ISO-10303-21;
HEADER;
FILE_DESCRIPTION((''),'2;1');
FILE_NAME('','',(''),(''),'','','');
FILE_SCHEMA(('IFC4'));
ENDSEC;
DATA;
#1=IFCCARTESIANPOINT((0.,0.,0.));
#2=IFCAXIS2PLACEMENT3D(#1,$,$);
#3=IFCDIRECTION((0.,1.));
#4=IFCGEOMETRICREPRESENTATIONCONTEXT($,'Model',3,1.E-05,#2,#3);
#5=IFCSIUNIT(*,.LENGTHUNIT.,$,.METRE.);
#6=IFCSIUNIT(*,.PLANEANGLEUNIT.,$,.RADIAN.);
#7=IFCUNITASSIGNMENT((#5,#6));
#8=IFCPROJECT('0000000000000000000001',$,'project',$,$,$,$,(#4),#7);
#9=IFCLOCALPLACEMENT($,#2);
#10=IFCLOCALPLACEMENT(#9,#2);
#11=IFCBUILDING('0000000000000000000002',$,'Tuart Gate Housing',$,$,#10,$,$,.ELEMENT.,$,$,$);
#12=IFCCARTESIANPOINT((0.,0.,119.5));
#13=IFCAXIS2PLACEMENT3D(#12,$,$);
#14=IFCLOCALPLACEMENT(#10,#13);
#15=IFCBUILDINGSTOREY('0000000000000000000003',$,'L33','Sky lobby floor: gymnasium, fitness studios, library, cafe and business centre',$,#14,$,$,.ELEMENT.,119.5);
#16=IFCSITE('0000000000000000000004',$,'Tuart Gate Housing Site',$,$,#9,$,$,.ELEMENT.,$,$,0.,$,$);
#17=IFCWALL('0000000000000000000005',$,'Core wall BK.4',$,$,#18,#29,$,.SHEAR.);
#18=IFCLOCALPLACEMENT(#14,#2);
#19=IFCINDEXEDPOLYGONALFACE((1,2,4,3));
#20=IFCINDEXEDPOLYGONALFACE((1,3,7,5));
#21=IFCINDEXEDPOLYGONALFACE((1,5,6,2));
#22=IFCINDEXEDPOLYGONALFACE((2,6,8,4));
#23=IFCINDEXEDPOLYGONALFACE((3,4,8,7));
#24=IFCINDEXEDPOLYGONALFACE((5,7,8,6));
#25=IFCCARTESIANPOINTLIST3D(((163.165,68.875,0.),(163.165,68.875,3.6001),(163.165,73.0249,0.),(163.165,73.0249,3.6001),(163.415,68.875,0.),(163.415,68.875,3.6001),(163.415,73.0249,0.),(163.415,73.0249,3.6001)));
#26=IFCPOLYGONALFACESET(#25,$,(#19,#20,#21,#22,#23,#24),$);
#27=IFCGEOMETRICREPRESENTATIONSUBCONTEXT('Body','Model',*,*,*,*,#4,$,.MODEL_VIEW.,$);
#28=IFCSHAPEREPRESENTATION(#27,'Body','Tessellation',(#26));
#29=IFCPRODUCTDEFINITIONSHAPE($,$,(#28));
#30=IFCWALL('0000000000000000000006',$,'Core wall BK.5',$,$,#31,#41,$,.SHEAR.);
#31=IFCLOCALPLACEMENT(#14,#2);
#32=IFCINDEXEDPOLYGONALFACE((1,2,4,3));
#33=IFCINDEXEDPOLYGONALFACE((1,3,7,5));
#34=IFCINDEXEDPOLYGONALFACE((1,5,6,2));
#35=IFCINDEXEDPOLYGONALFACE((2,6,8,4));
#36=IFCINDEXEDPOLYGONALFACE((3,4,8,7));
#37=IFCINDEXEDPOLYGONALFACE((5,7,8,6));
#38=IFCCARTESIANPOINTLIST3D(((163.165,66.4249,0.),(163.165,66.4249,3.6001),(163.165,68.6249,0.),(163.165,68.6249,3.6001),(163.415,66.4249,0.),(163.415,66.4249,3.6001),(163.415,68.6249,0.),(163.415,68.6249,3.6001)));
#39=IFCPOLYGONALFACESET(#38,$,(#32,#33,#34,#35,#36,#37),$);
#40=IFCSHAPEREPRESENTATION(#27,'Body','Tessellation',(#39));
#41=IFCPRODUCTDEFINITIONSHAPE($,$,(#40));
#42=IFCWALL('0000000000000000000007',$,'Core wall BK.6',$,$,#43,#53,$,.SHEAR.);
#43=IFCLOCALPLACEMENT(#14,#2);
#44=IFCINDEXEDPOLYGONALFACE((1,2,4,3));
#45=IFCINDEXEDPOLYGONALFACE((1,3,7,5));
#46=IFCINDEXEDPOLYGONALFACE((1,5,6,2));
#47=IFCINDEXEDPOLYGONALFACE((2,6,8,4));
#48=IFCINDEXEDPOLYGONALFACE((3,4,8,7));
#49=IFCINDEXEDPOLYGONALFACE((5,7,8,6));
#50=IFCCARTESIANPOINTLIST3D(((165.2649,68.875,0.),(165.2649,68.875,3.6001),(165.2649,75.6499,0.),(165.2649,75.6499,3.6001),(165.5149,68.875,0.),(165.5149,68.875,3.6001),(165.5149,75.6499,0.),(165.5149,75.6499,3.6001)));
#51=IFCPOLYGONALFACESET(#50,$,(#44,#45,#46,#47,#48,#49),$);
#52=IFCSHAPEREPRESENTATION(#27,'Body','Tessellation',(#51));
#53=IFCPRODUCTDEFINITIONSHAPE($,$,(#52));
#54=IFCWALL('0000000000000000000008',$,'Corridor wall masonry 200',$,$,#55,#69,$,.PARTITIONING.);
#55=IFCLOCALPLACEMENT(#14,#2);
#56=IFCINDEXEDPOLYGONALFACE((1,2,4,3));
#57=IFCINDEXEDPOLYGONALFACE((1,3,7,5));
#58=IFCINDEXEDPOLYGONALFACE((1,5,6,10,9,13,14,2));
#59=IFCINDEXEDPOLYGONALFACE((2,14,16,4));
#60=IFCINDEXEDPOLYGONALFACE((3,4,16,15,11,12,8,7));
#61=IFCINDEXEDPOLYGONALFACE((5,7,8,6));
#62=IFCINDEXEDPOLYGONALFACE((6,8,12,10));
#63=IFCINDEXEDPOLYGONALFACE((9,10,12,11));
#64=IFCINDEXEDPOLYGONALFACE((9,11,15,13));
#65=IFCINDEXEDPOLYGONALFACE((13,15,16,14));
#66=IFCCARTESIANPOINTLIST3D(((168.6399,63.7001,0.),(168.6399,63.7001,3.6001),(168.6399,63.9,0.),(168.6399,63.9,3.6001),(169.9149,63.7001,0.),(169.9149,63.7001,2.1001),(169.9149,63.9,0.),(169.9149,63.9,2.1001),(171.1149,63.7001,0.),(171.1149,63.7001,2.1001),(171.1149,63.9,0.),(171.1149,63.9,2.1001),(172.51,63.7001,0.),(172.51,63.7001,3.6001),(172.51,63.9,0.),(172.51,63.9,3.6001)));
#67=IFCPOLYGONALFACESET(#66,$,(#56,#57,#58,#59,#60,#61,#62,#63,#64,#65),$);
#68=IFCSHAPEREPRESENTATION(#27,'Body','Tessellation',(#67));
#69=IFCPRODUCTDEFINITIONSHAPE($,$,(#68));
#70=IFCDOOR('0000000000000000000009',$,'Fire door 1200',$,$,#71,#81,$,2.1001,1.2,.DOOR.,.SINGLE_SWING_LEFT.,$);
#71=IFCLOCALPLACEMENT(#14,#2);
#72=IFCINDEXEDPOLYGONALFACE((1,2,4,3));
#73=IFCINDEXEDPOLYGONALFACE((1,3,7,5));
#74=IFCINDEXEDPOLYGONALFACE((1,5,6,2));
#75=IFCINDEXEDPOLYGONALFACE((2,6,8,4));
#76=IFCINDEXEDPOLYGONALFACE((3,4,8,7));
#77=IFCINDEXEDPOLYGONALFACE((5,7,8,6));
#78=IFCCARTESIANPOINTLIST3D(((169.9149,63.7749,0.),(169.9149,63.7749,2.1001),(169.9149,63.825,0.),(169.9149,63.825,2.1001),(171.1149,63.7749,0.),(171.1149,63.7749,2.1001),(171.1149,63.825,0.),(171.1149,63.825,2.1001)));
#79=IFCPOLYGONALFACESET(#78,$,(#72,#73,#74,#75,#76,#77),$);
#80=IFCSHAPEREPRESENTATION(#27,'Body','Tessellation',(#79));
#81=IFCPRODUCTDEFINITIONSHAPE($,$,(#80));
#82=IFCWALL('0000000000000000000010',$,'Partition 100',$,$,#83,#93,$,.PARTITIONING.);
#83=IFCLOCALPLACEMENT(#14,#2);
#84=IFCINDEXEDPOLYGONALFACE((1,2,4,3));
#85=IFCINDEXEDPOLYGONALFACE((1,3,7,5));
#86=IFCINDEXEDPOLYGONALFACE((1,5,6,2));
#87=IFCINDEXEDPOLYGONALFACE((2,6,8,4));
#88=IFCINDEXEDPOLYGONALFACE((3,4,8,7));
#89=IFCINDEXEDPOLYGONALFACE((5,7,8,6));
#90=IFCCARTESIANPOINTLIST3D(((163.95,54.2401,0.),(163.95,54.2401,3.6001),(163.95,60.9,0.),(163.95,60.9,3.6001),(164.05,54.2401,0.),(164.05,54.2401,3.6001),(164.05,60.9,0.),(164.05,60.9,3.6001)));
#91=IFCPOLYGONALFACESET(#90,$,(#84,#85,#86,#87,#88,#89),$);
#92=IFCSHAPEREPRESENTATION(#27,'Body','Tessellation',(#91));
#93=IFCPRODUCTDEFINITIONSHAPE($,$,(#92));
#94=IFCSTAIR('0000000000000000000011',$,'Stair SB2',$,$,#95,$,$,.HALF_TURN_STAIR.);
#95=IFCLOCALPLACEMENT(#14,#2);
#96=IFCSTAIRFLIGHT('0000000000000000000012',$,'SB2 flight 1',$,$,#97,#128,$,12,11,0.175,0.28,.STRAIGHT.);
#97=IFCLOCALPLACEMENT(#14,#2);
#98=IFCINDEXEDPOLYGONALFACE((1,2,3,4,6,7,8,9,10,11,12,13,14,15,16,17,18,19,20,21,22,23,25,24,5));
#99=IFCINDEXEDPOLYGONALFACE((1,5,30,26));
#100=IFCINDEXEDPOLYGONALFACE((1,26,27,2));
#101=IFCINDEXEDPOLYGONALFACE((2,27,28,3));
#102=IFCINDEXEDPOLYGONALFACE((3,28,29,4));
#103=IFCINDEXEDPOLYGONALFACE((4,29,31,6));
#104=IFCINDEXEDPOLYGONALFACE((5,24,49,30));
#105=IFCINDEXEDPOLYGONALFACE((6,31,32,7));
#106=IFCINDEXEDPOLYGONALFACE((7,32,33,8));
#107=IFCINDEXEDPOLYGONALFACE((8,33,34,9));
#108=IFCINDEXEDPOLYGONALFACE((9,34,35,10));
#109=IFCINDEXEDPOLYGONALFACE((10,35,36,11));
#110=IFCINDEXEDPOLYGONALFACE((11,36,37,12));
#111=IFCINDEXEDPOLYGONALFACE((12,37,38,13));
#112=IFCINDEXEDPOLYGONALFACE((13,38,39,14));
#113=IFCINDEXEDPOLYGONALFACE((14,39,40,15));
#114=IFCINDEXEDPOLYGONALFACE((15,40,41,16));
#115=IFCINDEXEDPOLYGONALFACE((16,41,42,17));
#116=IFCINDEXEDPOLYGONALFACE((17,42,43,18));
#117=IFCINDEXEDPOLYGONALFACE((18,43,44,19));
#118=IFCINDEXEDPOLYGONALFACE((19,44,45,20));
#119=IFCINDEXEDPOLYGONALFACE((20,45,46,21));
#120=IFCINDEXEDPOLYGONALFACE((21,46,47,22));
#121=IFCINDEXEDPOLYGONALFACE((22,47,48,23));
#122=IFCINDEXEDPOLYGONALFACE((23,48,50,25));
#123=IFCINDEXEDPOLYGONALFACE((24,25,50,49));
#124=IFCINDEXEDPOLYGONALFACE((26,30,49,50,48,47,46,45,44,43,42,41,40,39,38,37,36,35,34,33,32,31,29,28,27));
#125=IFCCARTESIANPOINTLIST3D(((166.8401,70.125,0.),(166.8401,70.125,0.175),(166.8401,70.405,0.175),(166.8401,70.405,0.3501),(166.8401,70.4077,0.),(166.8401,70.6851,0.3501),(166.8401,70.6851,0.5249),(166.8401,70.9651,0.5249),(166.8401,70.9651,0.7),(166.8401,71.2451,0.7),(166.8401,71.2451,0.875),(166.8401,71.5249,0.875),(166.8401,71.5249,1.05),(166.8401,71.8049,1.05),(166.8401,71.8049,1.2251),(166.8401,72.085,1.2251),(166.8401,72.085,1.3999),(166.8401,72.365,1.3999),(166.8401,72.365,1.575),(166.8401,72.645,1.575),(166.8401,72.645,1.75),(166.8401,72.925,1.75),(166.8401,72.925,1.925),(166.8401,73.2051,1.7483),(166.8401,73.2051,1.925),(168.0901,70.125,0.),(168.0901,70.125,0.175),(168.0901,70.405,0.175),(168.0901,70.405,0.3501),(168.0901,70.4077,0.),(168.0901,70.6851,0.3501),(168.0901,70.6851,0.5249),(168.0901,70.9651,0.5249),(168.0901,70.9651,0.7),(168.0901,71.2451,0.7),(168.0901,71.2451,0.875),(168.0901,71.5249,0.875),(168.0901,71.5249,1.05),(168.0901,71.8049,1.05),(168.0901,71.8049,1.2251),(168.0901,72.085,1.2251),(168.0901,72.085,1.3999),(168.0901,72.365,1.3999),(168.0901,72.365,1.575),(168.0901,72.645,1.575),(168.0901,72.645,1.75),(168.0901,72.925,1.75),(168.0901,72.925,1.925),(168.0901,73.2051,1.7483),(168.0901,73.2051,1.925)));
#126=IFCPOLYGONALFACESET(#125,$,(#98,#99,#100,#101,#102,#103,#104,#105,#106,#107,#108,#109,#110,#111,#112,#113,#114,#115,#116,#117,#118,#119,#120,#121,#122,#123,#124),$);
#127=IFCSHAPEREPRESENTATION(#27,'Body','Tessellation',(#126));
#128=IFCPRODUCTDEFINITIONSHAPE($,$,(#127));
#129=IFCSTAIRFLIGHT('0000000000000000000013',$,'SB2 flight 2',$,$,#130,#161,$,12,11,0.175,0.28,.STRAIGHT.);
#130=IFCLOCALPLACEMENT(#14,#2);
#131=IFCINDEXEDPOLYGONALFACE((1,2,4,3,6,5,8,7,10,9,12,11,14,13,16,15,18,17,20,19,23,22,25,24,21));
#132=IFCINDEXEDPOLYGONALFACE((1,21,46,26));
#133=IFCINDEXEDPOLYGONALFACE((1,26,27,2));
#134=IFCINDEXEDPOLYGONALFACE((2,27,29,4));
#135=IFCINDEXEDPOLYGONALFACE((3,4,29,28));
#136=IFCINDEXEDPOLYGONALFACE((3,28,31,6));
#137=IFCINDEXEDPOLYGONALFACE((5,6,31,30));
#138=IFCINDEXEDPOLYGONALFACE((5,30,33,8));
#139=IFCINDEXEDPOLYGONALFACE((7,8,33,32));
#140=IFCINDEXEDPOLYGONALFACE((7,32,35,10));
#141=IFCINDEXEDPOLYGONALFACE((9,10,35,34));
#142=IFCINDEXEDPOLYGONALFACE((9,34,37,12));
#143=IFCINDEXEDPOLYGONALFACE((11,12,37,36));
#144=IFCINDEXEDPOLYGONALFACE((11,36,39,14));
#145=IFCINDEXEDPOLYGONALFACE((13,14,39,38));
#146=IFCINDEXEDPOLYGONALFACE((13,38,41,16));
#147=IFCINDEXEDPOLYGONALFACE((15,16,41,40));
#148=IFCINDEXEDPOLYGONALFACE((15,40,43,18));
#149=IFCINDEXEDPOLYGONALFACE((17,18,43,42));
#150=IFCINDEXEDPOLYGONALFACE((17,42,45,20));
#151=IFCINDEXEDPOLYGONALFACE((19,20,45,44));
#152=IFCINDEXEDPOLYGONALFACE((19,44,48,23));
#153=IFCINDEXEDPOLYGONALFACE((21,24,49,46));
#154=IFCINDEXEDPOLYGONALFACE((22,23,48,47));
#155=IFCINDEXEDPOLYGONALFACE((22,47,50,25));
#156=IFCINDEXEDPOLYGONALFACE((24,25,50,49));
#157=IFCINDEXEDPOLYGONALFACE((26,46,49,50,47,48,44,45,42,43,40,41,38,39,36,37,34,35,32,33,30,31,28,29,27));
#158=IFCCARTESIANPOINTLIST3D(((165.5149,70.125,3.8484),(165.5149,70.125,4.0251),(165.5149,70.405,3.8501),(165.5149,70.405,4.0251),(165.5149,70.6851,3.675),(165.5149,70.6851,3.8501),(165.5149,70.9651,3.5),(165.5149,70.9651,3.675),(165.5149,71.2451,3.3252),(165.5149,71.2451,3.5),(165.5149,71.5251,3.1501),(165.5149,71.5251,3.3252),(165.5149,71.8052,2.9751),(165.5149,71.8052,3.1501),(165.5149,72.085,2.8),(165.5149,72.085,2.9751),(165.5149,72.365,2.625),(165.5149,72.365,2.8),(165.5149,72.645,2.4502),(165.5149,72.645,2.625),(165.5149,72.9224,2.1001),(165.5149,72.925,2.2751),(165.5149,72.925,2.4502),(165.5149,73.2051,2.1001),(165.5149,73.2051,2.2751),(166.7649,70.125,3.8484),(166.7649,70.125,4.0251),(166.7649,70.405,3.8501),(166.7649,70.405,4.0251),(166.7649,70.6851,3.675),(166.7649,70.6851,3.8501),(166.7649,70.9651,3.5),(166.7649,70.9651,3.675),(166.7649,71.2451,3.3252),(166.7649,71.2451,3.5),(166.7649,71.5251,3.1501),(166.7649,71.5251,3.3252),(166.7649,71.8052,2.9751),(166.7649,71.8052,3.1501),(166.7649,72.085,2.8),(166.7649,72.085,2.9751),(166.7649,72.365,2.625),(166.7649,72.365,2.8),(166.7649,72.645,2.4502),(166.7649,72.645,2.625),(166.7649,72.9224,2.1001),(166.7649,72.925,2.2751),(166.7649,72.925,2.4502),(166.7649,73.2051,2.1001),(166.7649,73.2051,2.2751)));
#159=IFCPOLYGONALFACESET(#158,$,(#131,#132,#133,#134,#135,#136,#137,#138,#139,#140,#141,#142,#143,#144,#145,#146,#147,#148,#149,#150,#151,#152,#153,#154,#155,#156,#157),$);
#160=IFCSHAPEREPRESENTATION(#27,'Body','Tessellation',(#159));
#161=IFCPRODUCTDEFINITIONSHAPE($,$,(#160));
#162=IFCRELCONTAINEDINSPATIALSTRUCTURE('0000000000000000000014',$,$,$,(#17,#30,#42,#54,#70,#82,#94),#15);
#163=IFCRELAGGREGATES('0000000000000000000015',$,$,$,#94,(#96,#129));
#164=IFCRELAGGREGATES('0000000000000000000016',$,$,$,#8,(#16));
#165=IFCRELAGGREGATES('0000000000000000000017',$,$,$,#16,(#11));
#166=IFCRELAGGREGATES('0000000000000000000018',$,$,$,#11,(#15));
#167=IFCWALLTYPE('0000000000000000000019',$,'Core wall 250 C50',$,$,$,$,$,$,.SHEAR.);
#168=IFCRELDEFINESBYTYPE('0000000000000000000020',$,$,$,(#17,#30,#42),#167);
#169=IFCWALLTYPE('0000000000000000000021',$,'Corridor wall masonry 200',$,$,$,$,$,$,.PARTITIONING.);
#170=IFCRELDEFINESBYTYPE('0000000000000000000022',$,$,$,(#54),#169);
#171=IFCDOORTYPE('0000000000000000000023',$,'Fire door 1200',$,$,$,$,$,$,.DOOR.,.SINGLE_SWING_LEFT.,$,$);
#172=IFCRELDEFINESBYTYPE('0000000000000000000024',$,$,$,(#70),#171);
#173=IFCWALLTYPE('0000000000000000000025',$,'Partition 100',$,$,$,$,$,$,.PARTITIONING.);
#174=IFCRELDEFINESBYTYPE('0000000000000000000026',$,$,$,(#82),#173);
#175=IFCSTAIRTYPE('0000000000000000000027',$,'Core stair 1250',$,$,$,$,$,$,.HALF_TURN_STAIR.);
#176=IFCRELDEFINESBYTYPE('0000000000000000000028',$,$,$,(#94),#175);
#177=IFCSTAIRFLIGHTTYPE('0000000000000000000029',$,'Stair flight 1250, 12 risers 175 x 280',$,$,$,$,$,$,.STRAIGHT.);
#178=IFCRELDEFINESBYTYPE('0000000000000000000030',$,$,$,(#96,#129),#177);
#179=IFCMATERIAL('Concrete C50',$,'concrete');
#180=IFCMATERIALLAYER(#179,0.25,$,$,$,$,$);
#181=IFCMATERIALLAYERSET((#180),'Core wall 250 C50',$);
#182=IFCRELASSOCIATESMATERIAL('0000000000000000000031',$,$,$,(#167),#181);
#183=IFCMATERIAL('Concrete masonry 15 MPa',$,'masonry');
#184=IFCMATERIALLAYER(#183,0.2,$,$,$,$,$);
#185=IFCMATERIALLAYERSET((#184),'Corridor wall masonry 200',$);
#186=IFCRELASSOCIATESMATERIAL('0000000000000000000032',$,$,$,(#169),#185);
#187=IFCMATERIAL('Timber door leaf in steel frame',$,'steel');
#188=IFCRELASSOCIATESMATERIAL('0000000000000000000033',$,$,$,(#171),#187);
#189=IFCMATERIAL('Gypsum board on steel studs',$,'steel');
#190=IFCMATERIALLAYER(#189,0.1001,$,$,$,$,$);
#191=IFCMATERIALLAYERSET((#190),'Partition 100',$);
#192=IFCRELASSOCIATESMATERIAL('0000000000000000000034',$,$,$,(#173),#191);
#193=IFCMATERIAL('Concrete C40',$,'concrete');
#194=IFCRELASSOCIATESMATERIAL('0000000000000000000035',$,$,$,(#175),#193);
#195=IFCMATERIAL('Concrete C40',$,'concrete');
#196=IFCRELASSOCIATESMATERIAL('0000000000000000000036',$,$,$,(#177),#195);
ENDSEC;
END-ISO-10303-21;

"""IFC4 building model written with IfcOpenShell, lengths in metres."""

from ifc_helpers import new_model, si_unit, direction, frame, frame_2d, origin, place, context, subcontext, project, spatial, polyline, rectangle, outline, extrude, material, layer, layer_set, type_object, element, fill, aggregate, save


model = new_model("IFC4")

# Units and contexts
model_context = context("Model", 3, precision=1e-05, world=origin(), true_north=direction((0.0, 1.0)))
body_context = subcontext(model_context, "Body", "Model", "MODEL_VIEW")
ifc_project = project(units=[si_unit("LENGTHUNIT", "METRE"), si_unit("PLANEANGLEUNIT", "RADIAN")], contexts=[model_context])

# Site, building, storey
site_placement = place(None, origin())
site = spatial("IfcSite", under=ifc_project, at=site_placement, Name="Tuart Gate Housing Site", CompositionType="ELEMENT", RefElevation=0.0)
building_placement = place(site_placement, origin())
building = spatial("IfcBuilding", under=site, at=building_placement, Name="Tuart Gate Housing", CompositionType="ELEMENT")
storey_placement = place(building_placement, frame((0.0, 0.0, 119.5)))
storey = spatial("IfcBuildingStorey", under=building, at=storey_placement, Name="L33", Description="Sky lobby floor: gymnasium, fitness studios, library, cafe and business centre", CompositionType="ELEMENT", Elevation=119.5)

# Walls
ifc_material_1 = material(Name="Concrete C50", Category="concrete")
ifc_layer_1 = layer(ifc_material_1, 0.25)
ifc_layer_set_1 = layer_set([ifc_layer_1], Name="Core wall 250 C50")
wall_type_1 = type_object("IfcWallType", Name="Core wall 250 C50", PredefinedType="SHEAR", material=ifc_layer_set_1)
wall_1_placement = place(storey_placement, frame((163.29, 73.0249, 0.0), z_axis=(0.0, 0.0, 1.0), x_axis=(0.0, -1.0, 0.0)))
element("IfcWall", 1, at=wall_1_placement, inside=storey, type_object=wall_type_1, Name="Core wall BK.4", PredefinedType="SHEAR", context=body_context, shape_type="SweptSolid", body=[
    extrude(rectangle(XDim=4.1499, YDim=0.25, at=frame_2d((2.075, 0.0))), origin(), (0.0, 0.0, 1.0), 3.6001),
])
wall_2_placement = place(storey_placement, frame((163.29, 68.625, 0.0), z_axis=(0.0, 0.0, 1.0), x_axis=(0.0, -1.0, 0.0)))
element("IfcWall", 2, at=wall_2_placement, inside=storey, type_object=wall_type_1, Name="Core wall BK.5", PredefinedType="SHEAR", context=body_context, shape_type="SweptSolid", body=[
    extrude(rectangle(XDim=2.2, YDim=0.25, at=frame_2d((1.1001, 0.0))), origin(), (0.0, 0.0, 1.0), 3.6001),
])
wall_3_placement = place(storey_placement, frame((165.3899, 75.6499, 0.0), z_axis=(0.0, 0.0, 1.0), x_axis=(0.0, -1.0, 0.0)))
element("IfcWall", 3, at=wall_3_placement, inside=storey, type_object=wall_type_1, Name="Core wall BK.6", PredefinedType="SHEAR", context=body_context, shape_type="SweptSolid", body=[
    extrude(rectangle(XDim=6.7749, YDim=0.25, at=frame_2d((3.3875, 0.0))), origin(), (0.0, 0.0, 1.0), 3.6001),
])

# Wall, opening, door
ifc_material_2 = material(Name="Concrete masonry 15 MPa", Category="masonry")
ifc_layer_2 = layer(ifc_material_2, 0.2)
ifc_layer_set_2 = layer_set([ifc_layer_2], Name="Corridor wall masonry 200")
wall_type_2 = type_object("IfcWallType", Name="Corridor wall masonry 200", PredefinedType="PARTITIONING", material=ifc_layer_set_2)
wall_4_placement = place(storey_placement, frame((168.6399, 63.8, 0.0), z_axis=(0.0, 0.0, 1.0), x_axis=(1.0, 0.0, 0.0)))
wall_4 = element("IfcWall", 4, at=wall_4_placement, inside=storey, type_object=wall_type_2, Name="Corridor wall masonry 200", PredefinedType="PARTITIONING", context=body_context, shape_type="SweptSolid", body=[
    extrude(rectangle(XDim=3.8701, YDim=0.2, at=frame_2d((1.9351, 0.0))), origin(), (0.0, 0.0, 1.0), 3.6001),
])
opening_1_placement = place(wall_4_placement, frame((1.2749, 0.0, 0.0)))
opening_1 = element("IfcOpeningElement", 5, at=opening_1_placement, cuts=wall_4, PredefinedType="OPENING", context=body_context, shape_type="SweptSolid", body=[
    extrude(rectangle(XDim=1.2, YDim=2.1001, at=frame_2d((0.6001, 1.05))), frame((0.0, 0.1099, 0.0), z_axis=(0.0, -1.0, 0.0), x_axis=(1.0, 0.0, 0.0)), (0.0, 0.0, 1.0), 0.22),
])
ifc_material_3 = material(Name="Timber door leaf in steel frame", Category="steel")
door_type = type_object("IfcDoorType", Name="Fire door 1200", OperationType="SINGLE_SWING_LEFT", PredefinedType="DOOR", material=ifc_material_3)
door_placement = place(opening_1_placement, origin())
door = element("IfcDoor", 6, at=door_placement, inside=storey, type_object=door_type, Name="Fire door 1200", OperationType="SINGLE_SWING_LEFT", OverallHeight=2.1001, OverallWidth=1.2, PredefinedType="DOOR", context=body_context, shape_type="SweptSolid", body=[
    extrude(rectangle(XDim=1.2, YDim=2.1001, at=frame_2d((0.6001, 1.05))), frame((0.0, 0.0249, 0.0), z_axis=(0.0, -1.0, 0.0), x_axis=(1.0, 0.0, 0.0)), (0.0, 0.0, 1.0), 0.05),
])
fill(opening_1, door)

# Wall
ifc_material_4 = material(Name="Gypsum board on steel studs", Category="steel")
ifc_layer_3 = layer(ifc_material_4, 0.1001)
ifc_layer_set_3 = layer_set([ifc_layer_3], Name="Partition 100")
wall_type_3 = type_object("IfcWallType", Name="Partition 100", PredefinedType="PARTITIONING", material=ifc_layer_set_3)
wall_5_placement = place(storey_placement, frame((164.0, 54.24, 0.0), z_axis=(0.0, 0.0, 1.0), x_axis=(0.0, 1.0, 0.0)))
element("IfcWall", 7, at=wall_5_placement, inside=storey, type_object=wall_type_3, Name="Partition 100", PredefinedType="PARTITIONING", context=body_context, shape_type="SweptSolid", body=[
    extrude(rectangle(XDim=6.6599, YDim=0.1001, at=frame_2d((3.3301, 0.0))), origin(), (0.0, 0.0, 1.0), 3.6001),
])

# Stair, stair flights
ifc_material_5 = material(Name="Concrete C40", Category="concrete")
stair_type = type_object("IfcStairType", Name="Core stair 1250", PredefinedType="HALF_TURN_STAIR", material=ifc_material_5)
stair_placement = place(storey_placement, origin())
stair = element("IfcStair", 8, at=stair_placement, inside=storey, type_object=stair_type, Name="Stair SB2", PredefinedType="HALF_TURN_STAIR")
ifc_material_6 = material(Name="Concrete C40", Category="concrete")
stair_flight_type = type_object("IfcStairFlightType", Name="Stair flight 1250, 12 risers 175 x 280", PredefinedType="STRAIGHT", material=ifc_material_6)
stair_flight_1_placement = place(storey_placement, frame((167.4651, 70.125, 0.0), z_axis=(0.0, 0.0, 1.0), x_axis=(0.0, 1.0, 0.0)))
stair_flight_1 = element("IfcStairFlight", 9, at=stair_flight_1_placement, type_object=stair_flight_type, Name="SB2 flight 1", NumberOfRisers=12, NumberOfTreads=11, PredefinedType="STRAIGHT", RiserHeight=0.175, TreadLength=0.28, context=body_context, shape_type="SweptSolid", body=[
    extrude(outline(polyline([(0.0, 0.0), (0.0, 0.175), (0.28, 0.175), (0.28, 0.3501), (0.5601, 0.3501), (0.5601, 0.5249), (0.8401, 0.5249), (0.8401, 0.7), (1.1201, 0.7), (1.1201, 0.875), (1.3999, 0.875), (1.3999, 1.05), (1.6799, 1.05), (1.6799, 1.2251), (1.96, 1.2251), (1.96, 1.3999), (2.24, 1.3999), (2.24, 1.575), (2.52, 1.575), (2.52, 1.75), (2.8, 1.75), (2.8, 1.925), (3.0801, 1.925), (3.0801, 2.1001), (3.0801, 1.7483), (0.2827, 0.0), (0.0, 0.0)])), frame((0.0, 0.625, 0.0), z_axis=(0.0, -1.0, 0.0), x_axis=(1.0, 0.0, 0.0)), (0.0, 0.0, 1.0), 1.25),
])
stair_flight_2_placement = place(storey_placement, frame((166.1399, 73.2051, 2.1001), z_axis=(0.0, 0.0, 1.0), x_axis=(0.0, -1.0, 0.0)))
stair_flight_2 = element("IfcStairFlight", 10, at=stair_flight_2_placement, type_object=stair_flight_type, Name="SB2 flight 2", NumberOfRisers=12, NumberOfTreads=11, PredefinedType="STRAIGHT", RiserHeight=0.175, TreadLength=0.28, context=body_context, shape_type="SweptSolid", body=[
    extrude(outline(polyline([(0.0, 0.0), (0.0, 0.175), (0.28, 0.175), (0.28, 0.3501), (0.5601, 0.3501), (0.5601, 0.5249), (0.8401, 0.5249), (0.8401, 0.7), (1.1201, 0.7), (1.1201, 0.875), (1.3999, 0.875), (1.3999, 1.05), (1.6799, 1.05), (1.6799, 1.2251), (1.96, 1.2251), (1.96, 1.3999), (2.24, 1.3999), (2.24, 1.575), (2.52, 1.575), (2.52, 1.75), (2.8, 1.75), (2.8, 1.925), (3.0801, 1.925), (3.0801, 2.1001), (3.0801, 1.7483), (0.2827, 0.0), (0.0, 0.0)])), frame((0.0, 0.625, 0.0), z_axis=(0.0, -1.0, 0.0), x_axis=(1.0, 0.0, 0.0)), (0.0, 0.0, 1.0), 1.25),
])
aggregate(stair, [stair_flight_1, stair_flight_2])

save(model, "model.ifc")
